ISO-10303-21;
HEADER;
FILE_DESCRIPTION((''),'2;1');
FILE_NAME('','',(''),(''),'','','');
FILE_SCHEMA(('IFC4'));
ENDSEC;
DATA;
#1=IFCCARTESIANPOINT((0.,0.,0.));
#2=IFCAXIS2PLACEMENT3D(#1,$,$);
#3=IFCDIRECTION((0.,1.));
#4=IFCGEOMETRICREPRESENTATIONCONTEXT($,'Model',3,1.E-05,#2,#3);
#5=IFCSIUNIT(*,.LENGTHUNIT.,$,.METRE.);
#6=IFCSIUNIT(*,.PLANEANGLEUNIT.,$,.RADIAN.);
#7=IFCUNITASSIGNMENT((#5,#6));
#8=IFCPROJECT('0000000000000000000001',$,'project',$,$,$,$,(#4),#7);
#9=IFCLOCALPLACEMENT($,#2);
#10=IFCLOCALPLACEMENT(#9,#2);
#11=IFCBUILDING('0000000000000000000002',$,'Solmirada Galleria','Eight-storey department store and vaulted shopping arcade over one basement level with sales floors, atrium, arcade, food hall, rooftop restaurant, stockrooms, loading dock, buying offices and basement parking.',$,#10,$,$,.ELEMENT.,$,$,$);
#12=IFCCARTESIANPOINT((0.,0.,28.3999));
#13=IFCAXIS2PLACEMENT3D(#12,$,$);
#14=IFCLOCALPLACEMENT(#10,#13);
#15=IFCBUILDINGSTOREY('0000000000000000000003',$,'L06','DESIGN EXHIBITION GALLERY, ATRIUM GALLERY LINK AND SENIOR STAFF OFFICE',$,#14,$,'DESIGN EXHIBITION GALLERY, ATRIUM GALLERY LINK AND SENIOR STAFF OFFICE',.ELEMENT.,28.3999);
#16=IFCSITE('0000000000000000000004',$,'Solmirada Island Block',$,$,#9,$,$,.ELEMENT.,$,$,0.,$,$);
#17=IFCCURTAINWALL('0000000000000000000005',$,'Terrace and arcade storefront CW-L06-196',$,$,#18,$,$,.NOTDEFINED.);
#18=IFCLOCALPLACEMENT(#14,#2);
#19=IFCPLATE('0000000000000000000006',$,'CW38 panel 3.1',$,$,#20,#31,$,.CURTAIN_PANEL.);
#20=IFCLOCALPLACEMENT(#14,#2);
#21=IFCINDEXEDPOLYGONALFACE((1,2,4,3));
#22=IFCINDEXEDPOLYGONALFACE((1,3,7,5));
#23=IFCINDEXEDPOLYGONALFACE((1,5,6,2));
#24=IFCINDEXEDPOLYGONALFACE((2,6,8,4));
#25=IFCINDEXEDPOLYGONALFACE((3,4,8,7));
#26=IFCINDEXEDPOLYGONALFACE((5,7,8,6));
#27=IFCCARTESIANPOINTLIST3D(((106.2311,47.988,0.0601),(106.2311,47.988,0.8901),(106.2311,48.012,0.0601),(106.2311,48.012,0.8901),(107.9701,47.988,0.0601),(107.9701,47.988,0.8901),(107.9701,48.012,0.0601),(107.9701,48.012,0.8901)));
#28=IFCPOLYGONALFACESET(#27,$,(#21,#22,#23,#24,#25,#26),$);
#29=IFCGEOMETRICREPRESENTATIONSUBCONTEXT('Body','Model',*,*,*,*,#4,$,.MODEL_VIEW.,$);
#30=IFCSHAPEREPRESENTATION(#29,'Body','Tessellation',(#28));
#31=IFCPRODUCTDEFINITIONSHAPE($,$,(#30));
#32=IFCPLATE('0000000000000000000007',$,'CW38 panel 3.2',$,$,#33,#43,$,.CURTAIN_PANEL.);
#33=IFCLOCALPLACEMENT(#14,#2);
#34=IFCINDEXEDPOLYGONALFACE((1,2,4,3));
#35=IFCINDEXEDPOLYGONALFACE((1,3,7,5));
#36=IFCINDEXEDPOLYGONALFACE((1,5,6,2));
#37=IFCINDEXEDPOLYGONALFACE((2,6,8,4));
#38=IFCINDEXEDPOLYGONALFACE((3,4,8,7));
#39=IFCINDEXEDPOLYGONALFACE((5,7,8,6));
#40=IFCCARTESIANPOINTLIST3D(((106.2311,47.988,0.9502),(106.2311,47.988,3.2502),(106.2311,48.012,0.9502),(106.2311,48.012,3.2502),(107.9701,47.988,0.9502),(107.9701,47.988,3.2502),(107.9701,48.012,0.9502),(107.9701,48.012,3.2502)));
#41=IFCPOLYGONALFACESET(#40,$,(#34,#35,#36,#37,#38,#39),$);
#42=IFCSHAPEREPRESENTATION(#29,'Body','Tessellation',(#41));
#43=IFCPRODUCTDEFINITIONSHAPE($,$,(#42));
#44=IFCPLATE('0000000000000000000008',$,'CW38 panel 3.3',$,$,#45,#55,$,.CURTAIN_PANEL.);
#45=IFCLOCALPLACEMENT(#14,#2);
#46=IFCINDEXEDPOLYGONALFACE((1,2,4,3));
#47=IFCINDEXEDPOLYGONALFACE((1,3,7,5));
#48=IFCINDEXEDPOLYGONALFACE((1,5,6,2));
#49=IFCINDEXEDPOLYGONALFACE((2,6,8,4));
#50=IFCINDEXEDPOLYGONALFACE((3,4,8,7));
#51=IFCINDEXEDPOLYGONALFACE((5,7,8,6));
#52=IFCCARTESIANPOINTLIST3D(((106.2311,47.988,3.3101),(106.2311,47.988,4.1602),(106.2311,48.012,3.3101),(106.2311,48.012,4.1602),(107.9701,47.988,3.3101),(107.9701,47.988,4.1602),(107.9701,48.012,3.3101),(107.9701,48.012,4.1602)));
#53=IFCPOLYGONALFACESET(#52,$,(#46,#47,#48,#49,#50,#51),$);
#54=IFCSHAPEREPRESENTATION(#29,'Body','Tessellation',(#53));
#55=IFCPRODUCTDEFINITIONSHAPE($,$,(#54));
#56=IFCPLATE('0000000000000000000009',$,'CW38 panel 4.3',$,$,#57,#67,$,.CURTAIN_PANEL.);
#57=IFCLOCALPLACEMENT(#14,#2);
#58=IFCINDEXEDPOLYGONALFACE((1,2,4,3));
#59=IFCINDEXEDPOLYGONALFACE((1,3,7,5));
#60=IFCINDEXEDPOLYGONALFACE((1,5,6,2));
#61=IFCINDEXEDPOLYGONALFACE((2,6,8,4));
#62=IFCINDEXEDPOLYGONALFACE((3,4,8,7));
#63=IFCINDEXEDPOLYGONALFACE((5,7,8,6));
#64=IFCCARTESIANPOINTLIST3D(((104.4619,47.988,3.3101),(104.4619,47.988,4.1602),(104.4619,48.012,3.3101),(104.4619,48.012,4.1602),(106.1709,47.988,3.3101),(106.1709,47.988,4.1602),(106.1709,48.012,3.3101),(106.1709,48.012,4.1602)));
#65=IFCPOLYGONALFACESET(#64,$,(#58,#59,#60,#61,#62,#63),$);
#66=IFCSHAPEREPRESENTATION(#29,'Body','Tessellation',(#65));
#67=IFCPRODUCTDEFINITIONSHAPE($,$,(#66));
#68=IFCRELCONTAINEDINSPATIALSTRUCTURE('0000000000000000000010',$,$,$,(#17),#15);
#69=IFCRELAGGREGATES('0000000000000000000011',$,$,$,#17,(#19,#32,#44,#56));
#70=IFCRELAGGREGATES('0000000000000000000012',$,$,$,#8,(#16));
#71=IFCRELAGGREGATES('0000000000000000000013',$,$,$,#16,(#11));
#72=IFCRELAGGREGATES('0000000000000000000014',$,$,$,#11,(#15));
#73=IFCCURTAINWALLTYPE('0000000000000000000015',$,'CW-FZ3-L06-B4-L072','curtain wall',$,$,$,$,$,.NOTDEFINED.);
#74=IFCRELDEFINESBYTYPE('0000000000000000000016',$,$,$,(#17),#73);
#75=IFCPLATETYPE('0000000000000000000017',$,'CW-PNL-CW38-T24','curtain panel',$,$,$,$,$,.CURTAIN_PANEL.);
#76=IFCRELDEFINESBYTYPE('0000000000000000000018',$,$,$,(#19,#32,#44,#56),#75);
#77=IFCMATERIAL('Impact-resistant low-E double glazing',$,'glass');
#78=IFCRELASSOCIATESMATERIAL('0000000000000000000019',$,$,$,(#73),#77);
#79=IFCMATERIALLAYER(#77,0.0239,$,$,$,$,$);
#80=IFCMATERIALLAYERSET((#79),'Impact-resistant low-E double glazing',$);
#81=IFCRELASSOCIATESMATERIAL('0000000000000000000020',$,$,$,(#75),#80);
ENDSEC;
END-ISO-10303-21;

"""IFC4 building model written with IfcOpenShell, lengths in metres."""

from ifc_helpers import new_model, si_unit, direction, frame, origin, origin_2d, place, context, subcontext, project, spatial, rectangle, extrude, material, layer, layer_set, type_object, element, aggregate, save


model = new_model("IFC4")

# Units and contexts
model_context = context("Model", 3, precision=1e-05, world=origin(), true_north=direction((0.0, 1.0)))
body_context = subcontext(model_context, "Body", "Model", "MODEL_VIEW")
ifc_project = project(units=[si_unit("LENGTHUNIT", "METRE"), si_unit("PLANEANGLEUNIT", "RADIAN")], contexts=[model_context])

# Site, building, storey
site_placement = place(None, origin())
site = spatial("IfcSite", under=ifc_project, at=site_placement, Name="Solmirada Island Block", CompositionType="ELEMENT", RefElevation=0.0)
building_placement = place(site_placement, origin())
building = spatial("IfcBuilding", under=site, at=building_placement, Name="Solmirada Galleria", Description="Eight-storey department store and vaulted shopping arcade over one basement level with sales floors, atrium, arcade, food hall, rooftop restaurant, stockrooms, loading dock, buying offices and basement parking.", CompositionType="ELEMENT")
storey_placement = place(building_placement, frame((0.0, 0.0, 28.3999)))
storey = spatial("IfcBuildingStorey", under=building, at=storey_placement, Name="L06", Description="DESIGN EXHIBITION GALLERY, ATRIUM GALLERY LINK AND SENIOR STAFF OFFICE", LongName="DESIGN EXHIBITION GALLERY, ATRIUM GALLERY LINK AND SENIOR STAFF OFFICE", CompositionType="ELEMENT", Elevation=28.3999)

# Shared definitions
ifc_material_1 = material(Name="Impact-resistant low-E double glazing", Category="glass")
curtain_wall_type = type_object("IfcCurtainWallType", Name="CW-FZ3-L06-B4-L072", Description="curtain wall", PredefinedType="NOTDEFINED", material=ifc_material_1)

# Curtain wall
curtain_wall_1_placement = place(storey_placement, origin())
curtain_wall_1 = element("IfcCurtainWall", 1, at=curtain_wall_1_placement, inside=storey, type_object=curtain_wall_type, Name="Terrace and arcade storefront CW-L06-196", PredefinedType="NOTDEFINED")

# Plates
ifc_layer = layer(ifc_material_1, 0.0239)
ifc_layer_set = layer_set([ifc_layer], Name="Impact-resistant low-E double glazing")
plate_type = type_object("IfcPlateType", Name="CW-PNL-CW38-T24", Description="curtain panel", PredefinedType="CURTAIN_PANEL", material=ifc_layer_set)
plate_1_placement = place(storey_placement, frame((107.1006, 48.0, 0.0601), z_axis=(0.0, 0.0, 1.0), x_axis=(-1.0, 0.0, 0.0)))
plate_1 = element("IfcPlate", 2, at=plate_1_placement, type_object=plate_type, Name="CW38 panel 3.1", PredefinedType="CURTAIN_PANEL", context=body_context, shape_type="SweptSolid", body=[
    extrude(rectangle(XDim=1.739, YDim=0.0239, at=origin_2d()), origin(), (0.0, 0.0, 1.0), 0.8301),
])
plate_2_placement = place(storey_placement, frame((107.1006, 48.0, 0.9502), z_axis=(0.0, 0.0, 1.0), x_axis=(-1.0, 0.0, 0.0)))
plate_2 = element("IfcPlate", 3, at=plate_2_placement, type_object=plate_type, Name="CW38 panel 3.2", PredefinedType="CURTAIN_PANEL", context=body_context, shape_type="SweptSolid", body=[
    extrude(rectangle(XDim=1.739, YDim=0.0239, at=origin_2d()), origin(), (0.0, 0.0, 1.0), 2.3),
])
plate_3_placement = place(storey_placement, frame((107.1006, 48.0, 3.3101), z_axis=(0.0, 0.0, 1.0), x_axis=(-1.0, 0.0, 0.0)))
plate_3 = element("IfcPlate", 4, at=plate_3_placement, type_object=plate_type, Name="CW38 panel 3.3", PredefinedType="CURTAIN_PANEL", context=body_context, shape_type="SweptSolid", body=[
    extrude(rectangle(XDim=1.739, YDim=0.0239, at=origin_2d()), origin(), (0.0, 0.0, 1.0), 0.8501),
])
plate_4_placement = place(storey_placement, frame((105.3164, 48.0, 3.3101), z_axis=(0.0, 0.0, 1.0), x_axis=(-1.0, 0.0, 0.0)))
plate_4 = element("IfcPlate", 5, at=plate_4_placement, type_object=plate_type, Name="CW38 panel 4.3", PredefinedType="CURTAIN_PANEL", context=body_context, shape_type="SweptSolid", body=[
    extrude(rectangle(XDim=1.709, YDim=0.0239, at=origin_2d()), origin(), (0.0, 0.0, 1.0), 0.8501),
])
aggregate(curtain_wall_1, [plate_1, plate_2, plate_3, plate_4])

save(model, "model.ifc")
